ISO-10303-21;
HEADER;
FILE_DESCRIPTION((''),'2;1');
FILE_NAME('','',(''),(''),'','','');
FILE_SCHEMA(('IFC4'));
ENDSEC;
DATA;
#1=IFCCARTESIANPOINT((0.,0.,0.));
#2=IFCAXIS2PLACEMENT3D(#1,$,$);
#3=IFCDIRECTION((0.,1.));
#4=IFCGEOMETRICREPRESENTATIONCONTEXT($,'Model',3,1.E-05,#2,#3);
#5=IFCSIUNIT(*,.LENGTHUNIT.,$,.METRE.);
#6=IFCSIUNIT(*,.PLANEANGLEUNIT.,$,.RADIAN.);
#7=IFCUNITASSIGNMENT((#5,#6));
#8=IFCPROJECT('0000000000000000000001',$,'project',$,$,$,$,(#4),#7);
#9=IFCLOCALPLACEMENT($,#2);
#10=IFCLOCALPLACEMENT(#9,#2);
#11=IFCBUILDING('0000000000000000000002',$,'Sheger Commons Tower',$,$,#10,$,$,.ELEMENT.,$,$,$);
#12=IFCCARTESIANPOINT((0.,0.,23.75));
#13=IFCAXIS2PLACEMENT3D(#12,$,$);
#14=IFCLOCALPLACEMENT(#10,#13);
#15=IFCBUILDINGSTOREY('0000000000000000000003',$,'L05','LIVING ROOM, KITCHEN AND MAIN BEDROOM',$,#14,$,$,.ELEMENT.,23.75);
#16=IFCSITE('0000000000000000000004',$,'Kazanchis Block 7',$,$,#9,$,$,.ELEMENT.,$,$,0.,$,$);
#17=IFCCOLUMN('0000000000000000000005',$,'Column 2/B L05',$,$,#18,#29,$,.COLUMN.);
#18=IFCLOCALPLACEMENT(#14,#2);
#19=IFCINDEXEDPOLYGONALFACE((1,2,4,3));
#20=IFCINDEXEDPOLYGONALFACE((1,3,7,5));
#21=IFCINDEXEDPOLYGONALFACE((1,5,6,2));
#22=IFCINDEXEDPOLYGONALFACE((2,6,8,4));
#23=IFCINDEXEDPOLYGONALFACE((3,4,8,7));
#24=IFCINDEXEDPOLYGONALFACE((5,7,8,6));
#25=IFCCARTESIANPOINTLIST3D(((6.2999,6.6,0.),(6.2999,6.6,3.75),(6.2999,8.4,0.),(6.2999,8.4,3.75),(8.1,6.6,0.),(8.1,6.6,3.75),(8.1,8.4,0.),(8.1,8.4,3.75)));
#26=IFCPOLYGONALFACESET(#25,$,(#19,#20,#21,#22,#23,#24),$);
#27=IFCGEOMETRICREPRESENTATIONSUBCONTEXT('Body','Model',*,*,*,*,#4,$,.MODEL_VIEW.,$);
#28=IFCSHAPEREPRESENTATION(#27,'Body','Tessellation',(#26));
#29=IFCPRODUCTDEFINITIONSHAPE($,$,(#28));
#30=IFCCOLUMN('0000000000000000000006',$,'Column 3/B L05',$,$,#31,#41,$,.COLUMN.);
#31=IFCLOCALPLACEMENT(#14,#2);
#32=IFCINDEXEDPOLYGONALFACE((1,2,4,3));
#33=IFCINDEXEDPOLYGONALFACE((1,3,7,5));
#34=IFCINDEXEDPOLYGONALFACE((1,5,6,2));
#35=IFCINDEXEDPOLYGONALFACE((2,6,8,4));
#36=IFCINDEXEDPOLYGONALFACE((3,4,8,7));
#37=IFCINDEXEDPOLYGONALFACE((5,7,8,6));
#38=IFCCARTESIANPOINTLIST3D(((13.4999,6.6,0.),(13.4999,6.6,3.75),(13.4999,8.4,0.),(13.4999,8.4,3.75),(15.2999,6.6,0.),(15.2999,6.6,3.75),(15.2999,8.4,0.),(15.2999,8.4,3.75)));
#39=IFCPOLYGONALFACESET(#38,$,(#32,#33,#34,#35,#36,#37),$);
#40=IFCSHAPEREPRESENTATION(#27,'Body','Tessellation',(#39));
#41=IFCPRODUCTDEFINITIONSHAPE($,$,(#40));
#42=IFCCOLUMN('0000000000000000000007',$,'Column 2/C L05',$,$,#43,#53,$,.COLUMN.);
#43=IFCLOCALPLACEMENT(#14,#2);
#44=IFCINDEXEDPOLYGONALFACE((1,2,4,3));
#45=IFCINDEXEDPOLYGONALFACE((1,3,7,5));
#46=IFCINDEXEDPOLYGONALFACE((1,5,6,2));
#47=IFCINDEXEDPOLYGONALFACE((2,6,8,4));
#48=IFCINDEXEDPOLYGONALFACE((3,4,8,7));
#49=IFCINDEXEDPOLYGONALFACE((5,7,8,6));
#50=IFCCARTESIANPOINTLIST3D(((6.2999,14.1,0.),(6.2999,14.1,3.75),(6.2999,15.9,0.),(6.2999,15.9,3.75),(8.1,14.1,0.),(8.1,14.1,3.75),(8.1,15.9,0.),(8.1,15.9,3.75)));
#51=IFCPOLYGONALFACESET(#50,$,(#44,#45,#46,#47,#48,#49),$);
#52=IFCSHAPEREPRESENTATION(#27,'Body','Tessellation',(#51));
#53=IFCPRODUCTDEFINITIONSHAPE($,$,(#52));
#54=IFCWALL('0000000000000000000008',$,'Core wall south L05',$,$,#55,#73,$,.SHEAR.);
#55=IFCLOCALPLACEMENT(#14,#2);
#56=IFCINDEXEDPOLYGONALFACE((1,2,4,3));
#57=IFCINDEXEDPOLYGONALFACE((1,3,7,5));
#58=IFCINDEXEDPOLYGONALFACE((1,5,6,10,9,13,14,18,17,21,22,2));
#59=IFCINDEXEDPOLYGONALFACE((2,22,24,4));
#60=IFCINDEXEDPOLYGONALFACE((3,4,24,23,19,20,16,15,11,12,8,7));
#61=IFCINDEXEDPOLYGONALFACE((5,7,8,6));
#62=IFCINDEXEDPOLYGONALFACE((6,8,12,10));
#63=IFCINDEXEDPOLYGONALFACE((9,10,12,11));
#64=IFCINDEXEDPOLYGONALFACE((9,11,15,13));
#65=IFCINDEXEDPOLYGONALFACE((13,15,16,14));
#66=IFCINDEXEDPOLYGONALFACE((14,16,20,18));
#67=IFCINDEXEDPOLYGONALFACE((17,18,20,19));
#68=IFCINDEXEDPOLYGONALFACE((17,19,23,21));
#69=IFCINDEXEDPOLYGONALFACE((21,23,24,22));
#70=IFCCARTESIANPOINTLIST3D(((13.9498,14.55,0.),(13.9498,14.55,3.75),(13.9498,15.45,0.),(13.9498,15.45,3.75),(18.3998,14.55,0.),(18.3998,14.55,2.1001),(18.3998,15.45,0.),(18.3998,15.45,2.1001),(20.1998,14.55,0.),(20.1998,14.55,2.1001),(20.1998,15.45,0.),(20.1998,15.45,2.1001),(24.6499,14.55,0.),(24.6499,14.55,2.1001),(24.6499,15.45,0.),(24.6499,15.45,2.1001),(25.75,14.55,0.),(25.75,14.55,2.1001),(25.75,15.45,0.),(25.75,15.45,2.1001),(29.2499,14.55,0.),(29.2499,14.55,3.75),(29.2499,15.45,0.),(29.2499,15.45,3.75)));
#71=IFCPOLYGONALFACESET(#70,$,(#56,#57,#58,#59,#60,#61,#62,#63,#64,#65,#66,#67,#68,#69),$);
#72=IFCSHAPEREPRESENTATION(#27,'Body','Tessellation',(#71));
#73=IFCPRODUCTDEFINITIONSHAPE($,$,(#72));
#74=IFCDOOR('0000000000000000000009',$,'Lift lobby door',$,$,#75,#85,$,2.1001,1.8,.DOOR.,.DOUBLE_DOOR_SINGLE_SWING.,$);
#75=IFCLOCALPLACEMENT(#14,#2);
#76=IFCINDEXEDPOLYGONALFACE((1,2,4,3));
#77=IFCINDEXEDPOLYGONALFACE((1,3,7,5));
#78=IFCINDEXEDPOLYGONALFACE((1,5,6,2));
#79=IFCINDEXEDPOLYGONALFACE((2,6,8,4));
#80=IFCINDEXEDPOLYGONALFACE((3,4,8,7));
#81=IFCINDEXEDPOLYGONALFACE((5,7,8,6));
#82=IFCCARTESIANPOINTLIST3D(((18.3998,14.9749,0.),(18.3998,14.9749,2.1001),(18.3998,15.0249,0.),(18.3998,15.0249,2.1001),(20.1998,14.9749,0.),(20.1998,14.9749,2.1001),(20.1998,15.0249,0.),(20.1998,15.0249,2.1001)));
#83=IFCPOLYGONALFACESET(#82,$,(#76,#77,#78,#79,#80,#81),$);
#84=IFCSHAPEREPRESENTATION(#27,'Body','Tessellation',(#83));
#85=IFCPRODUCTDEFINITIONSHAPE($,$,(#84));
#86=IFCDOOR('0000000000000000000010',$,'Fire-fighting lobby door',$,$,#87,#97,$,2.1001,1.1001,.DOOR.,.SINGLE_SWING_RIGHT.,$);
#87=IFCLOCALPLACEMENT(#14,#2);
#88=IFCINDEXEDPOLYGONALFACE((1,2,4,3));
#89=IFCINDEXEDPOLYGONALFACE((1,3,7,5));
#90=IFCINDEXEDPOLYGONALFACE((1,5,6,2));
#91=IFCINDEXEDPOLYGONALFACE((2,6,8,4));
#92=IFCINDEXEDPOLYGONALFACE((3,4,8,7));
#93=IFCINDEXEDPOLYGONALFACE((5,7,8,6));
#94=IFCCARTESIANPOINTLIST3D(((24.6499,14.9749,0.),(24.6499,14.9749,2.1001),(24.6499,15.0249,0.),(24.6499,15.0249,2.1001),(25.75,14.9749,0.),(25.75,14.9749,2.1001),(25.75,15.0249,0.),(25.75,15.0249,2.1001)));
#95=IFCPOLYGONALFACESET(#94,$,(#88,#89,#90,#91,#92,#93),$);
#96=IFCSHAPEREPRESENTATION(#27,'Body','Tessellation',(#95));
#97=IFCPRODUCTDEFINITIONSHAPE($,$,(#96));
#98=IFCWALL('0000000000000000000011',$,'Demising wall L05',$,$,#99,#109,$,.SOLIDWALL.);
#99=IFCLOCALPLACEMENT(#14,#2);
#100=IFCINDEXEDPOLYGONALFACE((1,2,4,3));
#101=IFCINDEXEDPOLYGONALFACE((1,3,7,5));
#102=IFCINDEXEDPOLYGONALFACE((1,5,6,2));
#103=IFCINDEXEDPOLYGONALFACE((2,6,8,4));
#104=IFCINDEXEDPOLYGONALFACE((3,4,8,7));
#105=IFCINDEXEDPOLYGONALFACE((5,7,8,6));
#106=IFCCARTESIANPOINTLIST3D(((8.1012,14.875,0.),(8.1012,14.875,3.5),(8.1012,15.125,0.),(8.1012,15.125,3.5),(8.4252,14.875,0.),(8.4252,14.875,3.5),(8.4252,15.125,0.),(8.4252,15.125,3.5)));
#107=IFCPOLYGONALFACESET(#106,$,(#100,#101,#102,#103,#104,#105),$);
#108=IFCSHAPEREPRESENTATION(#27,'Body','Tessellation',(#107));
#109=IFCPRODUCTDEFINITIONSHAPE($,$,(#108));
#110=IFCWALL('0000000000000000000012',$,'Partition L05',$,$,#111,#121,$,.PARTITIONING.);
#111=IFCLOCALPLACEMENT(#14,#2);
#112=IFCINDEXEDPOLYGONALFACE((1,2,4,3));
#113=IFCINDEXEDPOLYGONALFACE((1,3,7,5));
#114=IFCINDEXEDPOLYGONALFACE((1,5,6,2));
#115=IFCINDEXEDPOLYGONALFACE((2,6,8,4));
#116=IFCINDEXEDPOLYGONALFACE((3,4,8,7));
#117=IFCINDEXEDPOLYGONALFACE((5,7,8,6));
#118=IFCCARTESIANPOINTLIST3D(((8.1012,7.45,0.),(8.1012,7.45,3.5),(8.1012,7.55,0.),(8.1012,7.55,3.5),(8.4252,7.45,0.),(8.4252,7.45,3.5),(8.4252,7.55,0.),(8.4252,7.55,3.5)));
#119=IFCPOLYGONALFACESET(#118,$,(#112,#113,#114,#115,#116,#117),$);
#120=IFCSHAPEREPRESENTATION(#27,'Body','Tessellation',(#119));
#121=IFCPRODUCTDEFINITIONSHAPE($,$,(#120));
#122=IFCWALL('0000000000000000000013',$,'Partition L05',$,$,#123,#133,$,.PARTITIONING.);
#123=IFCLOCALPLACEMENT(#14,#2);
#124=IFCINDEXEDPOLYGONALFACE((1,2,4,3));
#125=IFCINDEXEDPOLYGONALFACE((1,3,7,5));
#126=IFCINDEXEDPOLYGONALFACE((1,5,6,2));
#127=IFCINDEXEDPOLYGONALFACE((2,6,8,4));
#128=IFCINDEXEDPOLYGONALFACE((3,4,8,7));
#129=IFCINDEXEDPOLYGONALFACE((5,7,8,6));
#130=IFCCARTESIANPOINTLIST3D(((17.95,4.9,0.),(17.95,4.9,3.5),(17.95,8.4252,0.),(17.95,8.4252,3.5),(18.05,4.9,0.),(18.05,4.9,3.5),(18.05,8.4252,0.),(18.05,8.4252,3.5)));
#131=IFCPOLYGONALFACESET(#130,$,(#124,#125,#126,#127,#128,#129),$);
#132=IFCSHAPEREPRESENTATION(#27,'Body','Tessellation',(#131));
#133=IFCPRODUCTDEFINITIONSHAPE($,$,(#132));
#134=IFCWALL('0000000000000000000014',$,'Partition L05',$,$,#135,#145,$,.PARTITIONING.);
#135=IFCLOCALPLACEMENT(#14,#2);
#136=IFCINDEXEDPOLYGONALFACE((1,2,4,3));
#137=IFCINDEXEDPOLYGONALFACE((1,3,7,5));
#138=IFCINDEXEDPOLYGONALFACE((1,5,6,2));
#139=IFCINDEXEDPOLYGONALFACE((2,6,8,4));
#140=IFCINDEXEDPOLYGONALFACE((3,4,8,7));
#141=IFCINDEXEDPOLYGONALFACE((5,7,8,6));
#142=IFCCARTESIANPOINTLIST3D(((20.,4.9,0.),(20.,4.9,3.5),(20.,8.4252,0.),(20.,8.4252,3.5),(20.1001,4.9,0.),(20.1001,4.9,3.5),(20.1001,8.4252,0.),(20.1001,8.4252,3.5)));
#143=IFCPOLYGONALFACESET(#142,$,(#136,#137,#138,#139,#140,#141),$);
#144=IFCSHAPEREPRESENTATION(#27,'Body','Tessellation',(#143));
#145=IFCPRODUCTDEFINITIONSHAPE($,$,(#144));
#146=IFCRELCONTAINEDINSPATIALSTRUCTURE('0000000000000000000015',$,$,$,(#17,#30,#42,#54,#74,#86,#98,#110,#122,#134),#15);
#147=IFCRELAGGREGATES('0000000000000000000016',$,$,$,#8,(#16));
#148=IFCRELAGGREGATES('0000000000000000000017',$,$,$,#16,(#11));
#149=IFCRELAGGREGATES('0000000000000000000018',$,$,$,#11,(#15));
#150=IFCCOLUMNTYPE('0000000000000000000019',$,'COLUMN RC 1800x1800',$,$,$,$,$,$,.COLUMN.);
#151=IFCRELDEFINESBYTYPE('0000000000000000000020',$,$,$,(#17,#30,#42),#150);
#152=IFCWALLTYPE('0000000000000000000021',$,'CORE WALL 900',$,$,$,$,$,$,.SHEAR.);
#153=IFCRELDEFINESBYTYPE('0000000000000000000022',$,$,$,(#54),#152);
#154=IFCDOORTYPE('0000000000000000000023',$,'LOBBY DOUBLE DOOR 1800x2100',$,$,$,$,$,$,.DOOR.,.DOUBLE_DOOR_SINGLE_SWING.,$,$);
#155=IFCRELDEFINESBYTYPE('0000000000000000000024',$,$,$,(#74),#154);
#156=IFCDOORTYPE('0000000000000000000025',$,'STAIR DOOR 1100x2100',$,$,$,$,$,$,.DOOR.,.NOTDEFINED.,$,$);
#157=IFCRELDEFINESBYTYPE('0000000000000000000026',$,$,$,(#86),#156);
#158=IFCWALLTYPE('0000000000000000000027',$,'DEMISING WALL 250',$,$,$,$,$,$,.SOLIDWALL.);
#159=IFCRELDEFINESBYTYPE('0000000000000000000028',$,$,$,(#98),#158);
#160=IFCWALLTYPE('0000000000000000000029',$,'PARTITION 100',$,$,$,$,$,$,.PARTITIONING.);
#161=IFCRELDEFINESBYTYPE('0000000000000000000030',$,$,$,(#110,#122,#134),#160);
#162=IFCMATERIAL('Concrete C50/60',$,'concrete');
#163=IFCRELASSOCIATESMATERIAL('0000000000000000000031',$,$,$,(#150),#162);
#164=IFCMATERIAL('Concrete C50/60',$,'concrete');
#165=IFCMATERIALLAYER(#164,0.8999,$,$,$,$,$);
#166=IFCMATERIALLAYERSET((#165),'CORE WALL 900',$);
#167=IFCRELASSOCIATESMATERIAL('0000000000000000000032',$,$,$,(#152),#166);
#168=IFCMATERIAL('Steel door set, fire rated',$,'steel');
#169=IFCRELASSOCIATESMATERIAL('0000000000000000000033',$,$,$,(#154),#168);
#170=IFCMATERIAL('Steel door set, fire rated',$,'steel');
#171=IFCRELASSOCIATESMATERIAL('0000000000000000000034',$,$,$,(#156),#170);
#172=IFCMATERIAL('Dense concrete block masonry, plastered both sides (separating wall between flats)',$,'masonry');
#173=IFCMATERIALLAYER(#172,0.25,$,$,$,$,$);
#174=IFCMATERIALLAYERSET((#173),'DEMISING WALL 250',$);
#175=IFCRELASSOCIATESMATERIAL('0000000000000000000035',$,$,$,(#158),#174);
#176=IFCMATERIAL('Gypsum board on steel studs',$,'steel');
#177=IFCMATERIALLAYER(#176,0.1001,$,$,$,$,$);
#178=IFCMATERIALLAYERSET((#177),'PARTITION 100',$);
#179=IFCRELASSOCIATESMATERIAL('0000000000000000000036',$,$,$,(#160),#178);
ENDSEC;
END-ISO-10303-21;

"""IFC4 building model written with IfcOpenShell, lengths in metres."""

from ifc_helpers import new_model, si_unit, direction, frame, frame_2d, origin, origin_2d, place, context, subcontext, project, spatial, rectangle, extrude, material, layer, layer_set, material_profile, profile_set, type_object, element, fill, save


model = new_model("IFC4")

# Units and contexts
model_context = context("Model", 3, precision=1e-05, world=origin(), true_north=direction((0.0, 1.0)))
body_context = subcontext(model_context, "Body", "Model", "MODEL_VIEW")
ifc_project = project(units=[si_unit("LENGTHUNIT", "METRE"), si_unit("PLANEANGLEUNIT", "RADIAN")], contexts=[model_context])

# Site, building, storey
site_placement = place(None, origin())
site = spatial("IfcSite", under=ifc_project, at=site_placement, Name="Kazanchis Block 7", CompositionType="ELEMENT", RefElevation=0.0)
building_placement = place(site_placement, origin())
building = spatial("IfcBuilding", under=site, at=building_placement, Name="Sheger Commons Tower", CompositionType="ELEMENT")
storey_placement = place(building_placement, frame((0.0, 0.0, 23.75)))
storey = spatial("IfcBuildingStorey", under=building, at=storey_placement, Name="L05", Description="LIVING ROOM, KITCHEN AND MAIN BEDROOM", CompositionType="ELEMENT", Elevation=23.75)

# Columns
ifc_material_1 = material(Name="Concrete C50/60", Category="concrete")
ifc_material_profile = material_profile(ifc_material_1, rectangle(XDim=1.8, YDim=1.8, at=origin_2d()), Name="RC 1800x1800")
ifc_profile_set = profile_set([ifc_material_profile], Name="Concrete C50/60")
column_type = type_object("IfcColumnType", Name="COLUMN RC 1800x1800", PredefinedType="COLUMN", material=ifc_profile_set)
for number, where, z_axis, x_axis, name in (
    (1, (7.2, 7.5, 0.0), (0.0, 0.0, 1.0), (1.0, 0.0, 0.0), "Column 2/B L05"),
    (2, (14.3999, 7.5, 0.0), (0.0, 0.0, 1.0), (1.0, 0.0, 0.0), "Column 3/B L05"),
    (3, (7.2, 15.0, 0.0), (0.0, 0.0, 1.0), (1.0, 0.0, 0.0), "Column 2/C L05"),
):
    element("IfcColumn", number, at=place(storey_placement, frame(where, z_axis=z_axis, x_axis=x_axis)), inside=storey, type_object=column_type, Name=name, PredefinedType="COLUMN", context=body_context, shape_type="SweptSolid", body=[
        extrude(rectangle(XDim=1.8, YDim=1.8, at=origin_2d()), origin(), (0.0, 0.0, 1.0), 3.75),
    ])

# Wall, openings, doors
ifc_material_2 = material(Name="Concrete C50/60", Category="concrete")
ifc_layer_1 = layer(ifc_material_2, 0.8999)
ifc_layer_set_1 = layer_set([ifc_layer_1], Name="CORE WALL 900")
wall_type_1 = type_object("IfcWallType", Name="CORE WALL 900", PredefinedType="SHEAR", material=ifc_layer_set_1)
wall_1_placement = place(storey_placement, frame((13.95, 15.0, 0.0), z_axis=(0.0, 0.0, 1.0), x_axis=(1.0, 0.0, 0.0)))
wall_1 = element("IfcWall", 4, at=wall_1_placement, inside=storey, type_object=wall_type_1, Name="Core wall south L05", PredefinedType="SHEAR", context=body_context, shape_type="SweptSolid", body=[
    extrude(rectangle(XDim=15.3, YDim=0.8999, at=frame_2d((7.6499, 0.0))), origin(), (0.0, 0.0, 1.0), 3.75),
])
opening_1_placement = place(wall_1_placement, frame((4.45, 0.0, 0.0)))
opening_1 = element("IfcOpeningElement", 5, at=opening_1_placement, cuts=wall_1, PredefinedType="OPENING", context=body_context, shape_type="SweptSolid", body=[
    extrude(rectangle(XDim=1.8, YDim=2.1001, at=frame_2d((0.8999, 1.05))), frame((0.0, 0.46, 0.0), z_axis=(0.0, -1.0, 0.0), x_axis=(1.0, 0.0, 0.0)), (0.0, 0.0, 1.0), 0.9199),
])
opening_2_placement = place(wall_1_placement, frame((10.7, 0.0, 0.0)))
opening_2 = element("IfcOpeningElement", 6, at=opening_2_placement, cuts=wall_1, PredefinedType="OPENING", context=body_context, shape_type="SweptSolid", body=[
    extrude(rectangle(XDim=1.1001, YDim=2.1001, at=frame_2d((0.55, 1.05))), frame((0.0, 0.46, 0.0), z_axis=(0.0, -1.0, 0.0), x_axis=(1.0, 0.0, 0.0)), (0.0, 0.0, 1.0), 0.9199),
])
ifc_material_3 = material(Name="Steel door set, fire rated", Category="steel")
door_type_1 = type_object("IfcDoorType", Name="LOBBY DOUBLE DOOR 1800x2100", OperationType="DOUBLE_DOOR_SINGLE_SWING", PredefinedType="DOOR", material=ifc_material_3)
door_1_placement = place(opening_1_placement, origin())
door_1 = element("IfcDoor", 7, at=door_1_placement, inside=storey, type_object=door_type_1, Name="Lift lobby door", OperationType="DOUBLE_DOOR_SINGLE_SWING", OverallHeight=2.1001, OverallWidth=1.8, PredefinedType="DOOR", context=body_context, shape_type="SweptSolid", body=[
    extrude(rectangle(XDim=1.8, YDim=2.1001, at=frame_2d((0.8999, 1.05))), frame((0.0, 0.0249, 0.0), z_axis=(0.0, -1.0, 0.0), x_axis=(1.0, 0.0, 0.0)), (0.0, 0.0, 1.0), 0.05),
])
fill(opening_1, door_1)
ifc_material_4 = material(Name="Steel door set, fire rated", Category="steel")
door_type_2 = type_object("IfcDoorType", Name="STAIR DOOR 1100x2100", OperationType="NOTDEFINED", PredefinedType="DOOR", material=ifc_material_4)
door_2_placement = place(opening_2_placement, origin())
door_2 = element("IfcDoor", 8, at=door_2_placement, inside=storey, type_object=door_type_2, Name="Fire-fighting lobby door", OperationType="SINGLE_SWING_RIGHT", OverallHeight=2.1001, OverallWidth=1.1001, PredefinedType="DOOR", context=body_context, shape_type="SweptSolid", body=[
    extrude(rectangle(XDim=1.1001, YDim=2.1001, at=frame_2d((0.55, 1.05))), frame((0.0, 0.0249, 0.0), z_axis=(0.0, -1.0, 0.0), x_axis=(1.0, 0.0, 0.0)), (0.0, 0.0, 1.0), 0.05),
])
fill(opening_2, door_2)

# Walls
ifc_material_5 = material(Name="Dense concrete block masonry, plastered both sides (separating wall between flats)", Category="masonry")
ifc_layer_2 = layer(ifc_material_5, 0.25)
ifc_layer_set_2 = layer_set([ifc_layer_2], Name="DEMISING WALL 250")
wall_type_2 = type_object("IfcWallType", Name="DEMISING WALL 250", PredefinedType="SOLIDWALL", material=ifc_layer_set_2)
wall_2_placement = place(storey_placement, frame((8.1011, 15.0, 0.0), z_axis=(0.0, 0.0, 1.0), x_axis=(1.0, 0.0, 0.0)))
element("IfcWall", 9, at=wall_2_placement, inside=storey, type_object=wall_type_2, Name="Demising wall L05", PredefinedType="SOLIDWALL", context=body_context, shape_type="SweptSolid", body=[
    extrude(rectangle(XDim=0.324, YDim=0.25, at=frame_2d((0.1621, 0.0))), origin(), (0.0, 0.0, 1.0), 3.5),
])
ifc_material_6 = material(Name="Gypsum board on steel studs", Category="steel")
ifc_layer_3 = layer(ifc_material_6, 0.1001)
ifc_layer_set_3 = layer_set([ifc_layer_3], Name="PARTITION 100")
wall_type_3 = type_object("IfcWallType", Name="PARTITION 100", PredefinedType="PARTITIONING", material=ifc_layer_set_3)
wall_3_placement = place(storey_placement, frame((8.1011, 7.5, 0.0), z_axis=(0.0, 0.0, 1.0), x_axis=(1.0, 0.0, 0.0)))
element("IfcWall", 10, at=wall_3_placement, inside=storey, type_object=wall_type_3, Name="Partition L05", PredefinedType="PARTITIONING", context=body_context, shape_type="SweptSolid", body=[
    extrude(rectangle(XDim=0.324, YDim=0.1001, at=frame_2d((0.1621, 0.0))), origin(), (0.0, 0.0, 1.0), 3.5),
])
for number, where, z_axis, x_axis, name in (
    (11, (18.0, 4.8999, 0.0), (0.0, 0.0, 1.0), (0.0, 1.0, 0.0), "Partition L05"),
    (12, (20.05, 4.8999, 0.0), (0.0, 0.0, 1.0), (0.0, 1.0, 0.0), "Partition L05"),
):
    element("IfcWall", number, at=place(storey_placement, frame(where, z_axis=z_axis, x_axis=x_axis)), inside=storey, type_object=wall_type_3, Name=name, PredefinedType="PARTITIONING", context=body_context, shape_type="SweptSolid", body=[
        extrude(rectangle(XDim=3.5251, YDim=0.1001, at=frame_2d((1.7627, 0.0))), origin(), (0.0, 0.0, 1.0), 3.5),
    ])

save(model, "model.ifc")
